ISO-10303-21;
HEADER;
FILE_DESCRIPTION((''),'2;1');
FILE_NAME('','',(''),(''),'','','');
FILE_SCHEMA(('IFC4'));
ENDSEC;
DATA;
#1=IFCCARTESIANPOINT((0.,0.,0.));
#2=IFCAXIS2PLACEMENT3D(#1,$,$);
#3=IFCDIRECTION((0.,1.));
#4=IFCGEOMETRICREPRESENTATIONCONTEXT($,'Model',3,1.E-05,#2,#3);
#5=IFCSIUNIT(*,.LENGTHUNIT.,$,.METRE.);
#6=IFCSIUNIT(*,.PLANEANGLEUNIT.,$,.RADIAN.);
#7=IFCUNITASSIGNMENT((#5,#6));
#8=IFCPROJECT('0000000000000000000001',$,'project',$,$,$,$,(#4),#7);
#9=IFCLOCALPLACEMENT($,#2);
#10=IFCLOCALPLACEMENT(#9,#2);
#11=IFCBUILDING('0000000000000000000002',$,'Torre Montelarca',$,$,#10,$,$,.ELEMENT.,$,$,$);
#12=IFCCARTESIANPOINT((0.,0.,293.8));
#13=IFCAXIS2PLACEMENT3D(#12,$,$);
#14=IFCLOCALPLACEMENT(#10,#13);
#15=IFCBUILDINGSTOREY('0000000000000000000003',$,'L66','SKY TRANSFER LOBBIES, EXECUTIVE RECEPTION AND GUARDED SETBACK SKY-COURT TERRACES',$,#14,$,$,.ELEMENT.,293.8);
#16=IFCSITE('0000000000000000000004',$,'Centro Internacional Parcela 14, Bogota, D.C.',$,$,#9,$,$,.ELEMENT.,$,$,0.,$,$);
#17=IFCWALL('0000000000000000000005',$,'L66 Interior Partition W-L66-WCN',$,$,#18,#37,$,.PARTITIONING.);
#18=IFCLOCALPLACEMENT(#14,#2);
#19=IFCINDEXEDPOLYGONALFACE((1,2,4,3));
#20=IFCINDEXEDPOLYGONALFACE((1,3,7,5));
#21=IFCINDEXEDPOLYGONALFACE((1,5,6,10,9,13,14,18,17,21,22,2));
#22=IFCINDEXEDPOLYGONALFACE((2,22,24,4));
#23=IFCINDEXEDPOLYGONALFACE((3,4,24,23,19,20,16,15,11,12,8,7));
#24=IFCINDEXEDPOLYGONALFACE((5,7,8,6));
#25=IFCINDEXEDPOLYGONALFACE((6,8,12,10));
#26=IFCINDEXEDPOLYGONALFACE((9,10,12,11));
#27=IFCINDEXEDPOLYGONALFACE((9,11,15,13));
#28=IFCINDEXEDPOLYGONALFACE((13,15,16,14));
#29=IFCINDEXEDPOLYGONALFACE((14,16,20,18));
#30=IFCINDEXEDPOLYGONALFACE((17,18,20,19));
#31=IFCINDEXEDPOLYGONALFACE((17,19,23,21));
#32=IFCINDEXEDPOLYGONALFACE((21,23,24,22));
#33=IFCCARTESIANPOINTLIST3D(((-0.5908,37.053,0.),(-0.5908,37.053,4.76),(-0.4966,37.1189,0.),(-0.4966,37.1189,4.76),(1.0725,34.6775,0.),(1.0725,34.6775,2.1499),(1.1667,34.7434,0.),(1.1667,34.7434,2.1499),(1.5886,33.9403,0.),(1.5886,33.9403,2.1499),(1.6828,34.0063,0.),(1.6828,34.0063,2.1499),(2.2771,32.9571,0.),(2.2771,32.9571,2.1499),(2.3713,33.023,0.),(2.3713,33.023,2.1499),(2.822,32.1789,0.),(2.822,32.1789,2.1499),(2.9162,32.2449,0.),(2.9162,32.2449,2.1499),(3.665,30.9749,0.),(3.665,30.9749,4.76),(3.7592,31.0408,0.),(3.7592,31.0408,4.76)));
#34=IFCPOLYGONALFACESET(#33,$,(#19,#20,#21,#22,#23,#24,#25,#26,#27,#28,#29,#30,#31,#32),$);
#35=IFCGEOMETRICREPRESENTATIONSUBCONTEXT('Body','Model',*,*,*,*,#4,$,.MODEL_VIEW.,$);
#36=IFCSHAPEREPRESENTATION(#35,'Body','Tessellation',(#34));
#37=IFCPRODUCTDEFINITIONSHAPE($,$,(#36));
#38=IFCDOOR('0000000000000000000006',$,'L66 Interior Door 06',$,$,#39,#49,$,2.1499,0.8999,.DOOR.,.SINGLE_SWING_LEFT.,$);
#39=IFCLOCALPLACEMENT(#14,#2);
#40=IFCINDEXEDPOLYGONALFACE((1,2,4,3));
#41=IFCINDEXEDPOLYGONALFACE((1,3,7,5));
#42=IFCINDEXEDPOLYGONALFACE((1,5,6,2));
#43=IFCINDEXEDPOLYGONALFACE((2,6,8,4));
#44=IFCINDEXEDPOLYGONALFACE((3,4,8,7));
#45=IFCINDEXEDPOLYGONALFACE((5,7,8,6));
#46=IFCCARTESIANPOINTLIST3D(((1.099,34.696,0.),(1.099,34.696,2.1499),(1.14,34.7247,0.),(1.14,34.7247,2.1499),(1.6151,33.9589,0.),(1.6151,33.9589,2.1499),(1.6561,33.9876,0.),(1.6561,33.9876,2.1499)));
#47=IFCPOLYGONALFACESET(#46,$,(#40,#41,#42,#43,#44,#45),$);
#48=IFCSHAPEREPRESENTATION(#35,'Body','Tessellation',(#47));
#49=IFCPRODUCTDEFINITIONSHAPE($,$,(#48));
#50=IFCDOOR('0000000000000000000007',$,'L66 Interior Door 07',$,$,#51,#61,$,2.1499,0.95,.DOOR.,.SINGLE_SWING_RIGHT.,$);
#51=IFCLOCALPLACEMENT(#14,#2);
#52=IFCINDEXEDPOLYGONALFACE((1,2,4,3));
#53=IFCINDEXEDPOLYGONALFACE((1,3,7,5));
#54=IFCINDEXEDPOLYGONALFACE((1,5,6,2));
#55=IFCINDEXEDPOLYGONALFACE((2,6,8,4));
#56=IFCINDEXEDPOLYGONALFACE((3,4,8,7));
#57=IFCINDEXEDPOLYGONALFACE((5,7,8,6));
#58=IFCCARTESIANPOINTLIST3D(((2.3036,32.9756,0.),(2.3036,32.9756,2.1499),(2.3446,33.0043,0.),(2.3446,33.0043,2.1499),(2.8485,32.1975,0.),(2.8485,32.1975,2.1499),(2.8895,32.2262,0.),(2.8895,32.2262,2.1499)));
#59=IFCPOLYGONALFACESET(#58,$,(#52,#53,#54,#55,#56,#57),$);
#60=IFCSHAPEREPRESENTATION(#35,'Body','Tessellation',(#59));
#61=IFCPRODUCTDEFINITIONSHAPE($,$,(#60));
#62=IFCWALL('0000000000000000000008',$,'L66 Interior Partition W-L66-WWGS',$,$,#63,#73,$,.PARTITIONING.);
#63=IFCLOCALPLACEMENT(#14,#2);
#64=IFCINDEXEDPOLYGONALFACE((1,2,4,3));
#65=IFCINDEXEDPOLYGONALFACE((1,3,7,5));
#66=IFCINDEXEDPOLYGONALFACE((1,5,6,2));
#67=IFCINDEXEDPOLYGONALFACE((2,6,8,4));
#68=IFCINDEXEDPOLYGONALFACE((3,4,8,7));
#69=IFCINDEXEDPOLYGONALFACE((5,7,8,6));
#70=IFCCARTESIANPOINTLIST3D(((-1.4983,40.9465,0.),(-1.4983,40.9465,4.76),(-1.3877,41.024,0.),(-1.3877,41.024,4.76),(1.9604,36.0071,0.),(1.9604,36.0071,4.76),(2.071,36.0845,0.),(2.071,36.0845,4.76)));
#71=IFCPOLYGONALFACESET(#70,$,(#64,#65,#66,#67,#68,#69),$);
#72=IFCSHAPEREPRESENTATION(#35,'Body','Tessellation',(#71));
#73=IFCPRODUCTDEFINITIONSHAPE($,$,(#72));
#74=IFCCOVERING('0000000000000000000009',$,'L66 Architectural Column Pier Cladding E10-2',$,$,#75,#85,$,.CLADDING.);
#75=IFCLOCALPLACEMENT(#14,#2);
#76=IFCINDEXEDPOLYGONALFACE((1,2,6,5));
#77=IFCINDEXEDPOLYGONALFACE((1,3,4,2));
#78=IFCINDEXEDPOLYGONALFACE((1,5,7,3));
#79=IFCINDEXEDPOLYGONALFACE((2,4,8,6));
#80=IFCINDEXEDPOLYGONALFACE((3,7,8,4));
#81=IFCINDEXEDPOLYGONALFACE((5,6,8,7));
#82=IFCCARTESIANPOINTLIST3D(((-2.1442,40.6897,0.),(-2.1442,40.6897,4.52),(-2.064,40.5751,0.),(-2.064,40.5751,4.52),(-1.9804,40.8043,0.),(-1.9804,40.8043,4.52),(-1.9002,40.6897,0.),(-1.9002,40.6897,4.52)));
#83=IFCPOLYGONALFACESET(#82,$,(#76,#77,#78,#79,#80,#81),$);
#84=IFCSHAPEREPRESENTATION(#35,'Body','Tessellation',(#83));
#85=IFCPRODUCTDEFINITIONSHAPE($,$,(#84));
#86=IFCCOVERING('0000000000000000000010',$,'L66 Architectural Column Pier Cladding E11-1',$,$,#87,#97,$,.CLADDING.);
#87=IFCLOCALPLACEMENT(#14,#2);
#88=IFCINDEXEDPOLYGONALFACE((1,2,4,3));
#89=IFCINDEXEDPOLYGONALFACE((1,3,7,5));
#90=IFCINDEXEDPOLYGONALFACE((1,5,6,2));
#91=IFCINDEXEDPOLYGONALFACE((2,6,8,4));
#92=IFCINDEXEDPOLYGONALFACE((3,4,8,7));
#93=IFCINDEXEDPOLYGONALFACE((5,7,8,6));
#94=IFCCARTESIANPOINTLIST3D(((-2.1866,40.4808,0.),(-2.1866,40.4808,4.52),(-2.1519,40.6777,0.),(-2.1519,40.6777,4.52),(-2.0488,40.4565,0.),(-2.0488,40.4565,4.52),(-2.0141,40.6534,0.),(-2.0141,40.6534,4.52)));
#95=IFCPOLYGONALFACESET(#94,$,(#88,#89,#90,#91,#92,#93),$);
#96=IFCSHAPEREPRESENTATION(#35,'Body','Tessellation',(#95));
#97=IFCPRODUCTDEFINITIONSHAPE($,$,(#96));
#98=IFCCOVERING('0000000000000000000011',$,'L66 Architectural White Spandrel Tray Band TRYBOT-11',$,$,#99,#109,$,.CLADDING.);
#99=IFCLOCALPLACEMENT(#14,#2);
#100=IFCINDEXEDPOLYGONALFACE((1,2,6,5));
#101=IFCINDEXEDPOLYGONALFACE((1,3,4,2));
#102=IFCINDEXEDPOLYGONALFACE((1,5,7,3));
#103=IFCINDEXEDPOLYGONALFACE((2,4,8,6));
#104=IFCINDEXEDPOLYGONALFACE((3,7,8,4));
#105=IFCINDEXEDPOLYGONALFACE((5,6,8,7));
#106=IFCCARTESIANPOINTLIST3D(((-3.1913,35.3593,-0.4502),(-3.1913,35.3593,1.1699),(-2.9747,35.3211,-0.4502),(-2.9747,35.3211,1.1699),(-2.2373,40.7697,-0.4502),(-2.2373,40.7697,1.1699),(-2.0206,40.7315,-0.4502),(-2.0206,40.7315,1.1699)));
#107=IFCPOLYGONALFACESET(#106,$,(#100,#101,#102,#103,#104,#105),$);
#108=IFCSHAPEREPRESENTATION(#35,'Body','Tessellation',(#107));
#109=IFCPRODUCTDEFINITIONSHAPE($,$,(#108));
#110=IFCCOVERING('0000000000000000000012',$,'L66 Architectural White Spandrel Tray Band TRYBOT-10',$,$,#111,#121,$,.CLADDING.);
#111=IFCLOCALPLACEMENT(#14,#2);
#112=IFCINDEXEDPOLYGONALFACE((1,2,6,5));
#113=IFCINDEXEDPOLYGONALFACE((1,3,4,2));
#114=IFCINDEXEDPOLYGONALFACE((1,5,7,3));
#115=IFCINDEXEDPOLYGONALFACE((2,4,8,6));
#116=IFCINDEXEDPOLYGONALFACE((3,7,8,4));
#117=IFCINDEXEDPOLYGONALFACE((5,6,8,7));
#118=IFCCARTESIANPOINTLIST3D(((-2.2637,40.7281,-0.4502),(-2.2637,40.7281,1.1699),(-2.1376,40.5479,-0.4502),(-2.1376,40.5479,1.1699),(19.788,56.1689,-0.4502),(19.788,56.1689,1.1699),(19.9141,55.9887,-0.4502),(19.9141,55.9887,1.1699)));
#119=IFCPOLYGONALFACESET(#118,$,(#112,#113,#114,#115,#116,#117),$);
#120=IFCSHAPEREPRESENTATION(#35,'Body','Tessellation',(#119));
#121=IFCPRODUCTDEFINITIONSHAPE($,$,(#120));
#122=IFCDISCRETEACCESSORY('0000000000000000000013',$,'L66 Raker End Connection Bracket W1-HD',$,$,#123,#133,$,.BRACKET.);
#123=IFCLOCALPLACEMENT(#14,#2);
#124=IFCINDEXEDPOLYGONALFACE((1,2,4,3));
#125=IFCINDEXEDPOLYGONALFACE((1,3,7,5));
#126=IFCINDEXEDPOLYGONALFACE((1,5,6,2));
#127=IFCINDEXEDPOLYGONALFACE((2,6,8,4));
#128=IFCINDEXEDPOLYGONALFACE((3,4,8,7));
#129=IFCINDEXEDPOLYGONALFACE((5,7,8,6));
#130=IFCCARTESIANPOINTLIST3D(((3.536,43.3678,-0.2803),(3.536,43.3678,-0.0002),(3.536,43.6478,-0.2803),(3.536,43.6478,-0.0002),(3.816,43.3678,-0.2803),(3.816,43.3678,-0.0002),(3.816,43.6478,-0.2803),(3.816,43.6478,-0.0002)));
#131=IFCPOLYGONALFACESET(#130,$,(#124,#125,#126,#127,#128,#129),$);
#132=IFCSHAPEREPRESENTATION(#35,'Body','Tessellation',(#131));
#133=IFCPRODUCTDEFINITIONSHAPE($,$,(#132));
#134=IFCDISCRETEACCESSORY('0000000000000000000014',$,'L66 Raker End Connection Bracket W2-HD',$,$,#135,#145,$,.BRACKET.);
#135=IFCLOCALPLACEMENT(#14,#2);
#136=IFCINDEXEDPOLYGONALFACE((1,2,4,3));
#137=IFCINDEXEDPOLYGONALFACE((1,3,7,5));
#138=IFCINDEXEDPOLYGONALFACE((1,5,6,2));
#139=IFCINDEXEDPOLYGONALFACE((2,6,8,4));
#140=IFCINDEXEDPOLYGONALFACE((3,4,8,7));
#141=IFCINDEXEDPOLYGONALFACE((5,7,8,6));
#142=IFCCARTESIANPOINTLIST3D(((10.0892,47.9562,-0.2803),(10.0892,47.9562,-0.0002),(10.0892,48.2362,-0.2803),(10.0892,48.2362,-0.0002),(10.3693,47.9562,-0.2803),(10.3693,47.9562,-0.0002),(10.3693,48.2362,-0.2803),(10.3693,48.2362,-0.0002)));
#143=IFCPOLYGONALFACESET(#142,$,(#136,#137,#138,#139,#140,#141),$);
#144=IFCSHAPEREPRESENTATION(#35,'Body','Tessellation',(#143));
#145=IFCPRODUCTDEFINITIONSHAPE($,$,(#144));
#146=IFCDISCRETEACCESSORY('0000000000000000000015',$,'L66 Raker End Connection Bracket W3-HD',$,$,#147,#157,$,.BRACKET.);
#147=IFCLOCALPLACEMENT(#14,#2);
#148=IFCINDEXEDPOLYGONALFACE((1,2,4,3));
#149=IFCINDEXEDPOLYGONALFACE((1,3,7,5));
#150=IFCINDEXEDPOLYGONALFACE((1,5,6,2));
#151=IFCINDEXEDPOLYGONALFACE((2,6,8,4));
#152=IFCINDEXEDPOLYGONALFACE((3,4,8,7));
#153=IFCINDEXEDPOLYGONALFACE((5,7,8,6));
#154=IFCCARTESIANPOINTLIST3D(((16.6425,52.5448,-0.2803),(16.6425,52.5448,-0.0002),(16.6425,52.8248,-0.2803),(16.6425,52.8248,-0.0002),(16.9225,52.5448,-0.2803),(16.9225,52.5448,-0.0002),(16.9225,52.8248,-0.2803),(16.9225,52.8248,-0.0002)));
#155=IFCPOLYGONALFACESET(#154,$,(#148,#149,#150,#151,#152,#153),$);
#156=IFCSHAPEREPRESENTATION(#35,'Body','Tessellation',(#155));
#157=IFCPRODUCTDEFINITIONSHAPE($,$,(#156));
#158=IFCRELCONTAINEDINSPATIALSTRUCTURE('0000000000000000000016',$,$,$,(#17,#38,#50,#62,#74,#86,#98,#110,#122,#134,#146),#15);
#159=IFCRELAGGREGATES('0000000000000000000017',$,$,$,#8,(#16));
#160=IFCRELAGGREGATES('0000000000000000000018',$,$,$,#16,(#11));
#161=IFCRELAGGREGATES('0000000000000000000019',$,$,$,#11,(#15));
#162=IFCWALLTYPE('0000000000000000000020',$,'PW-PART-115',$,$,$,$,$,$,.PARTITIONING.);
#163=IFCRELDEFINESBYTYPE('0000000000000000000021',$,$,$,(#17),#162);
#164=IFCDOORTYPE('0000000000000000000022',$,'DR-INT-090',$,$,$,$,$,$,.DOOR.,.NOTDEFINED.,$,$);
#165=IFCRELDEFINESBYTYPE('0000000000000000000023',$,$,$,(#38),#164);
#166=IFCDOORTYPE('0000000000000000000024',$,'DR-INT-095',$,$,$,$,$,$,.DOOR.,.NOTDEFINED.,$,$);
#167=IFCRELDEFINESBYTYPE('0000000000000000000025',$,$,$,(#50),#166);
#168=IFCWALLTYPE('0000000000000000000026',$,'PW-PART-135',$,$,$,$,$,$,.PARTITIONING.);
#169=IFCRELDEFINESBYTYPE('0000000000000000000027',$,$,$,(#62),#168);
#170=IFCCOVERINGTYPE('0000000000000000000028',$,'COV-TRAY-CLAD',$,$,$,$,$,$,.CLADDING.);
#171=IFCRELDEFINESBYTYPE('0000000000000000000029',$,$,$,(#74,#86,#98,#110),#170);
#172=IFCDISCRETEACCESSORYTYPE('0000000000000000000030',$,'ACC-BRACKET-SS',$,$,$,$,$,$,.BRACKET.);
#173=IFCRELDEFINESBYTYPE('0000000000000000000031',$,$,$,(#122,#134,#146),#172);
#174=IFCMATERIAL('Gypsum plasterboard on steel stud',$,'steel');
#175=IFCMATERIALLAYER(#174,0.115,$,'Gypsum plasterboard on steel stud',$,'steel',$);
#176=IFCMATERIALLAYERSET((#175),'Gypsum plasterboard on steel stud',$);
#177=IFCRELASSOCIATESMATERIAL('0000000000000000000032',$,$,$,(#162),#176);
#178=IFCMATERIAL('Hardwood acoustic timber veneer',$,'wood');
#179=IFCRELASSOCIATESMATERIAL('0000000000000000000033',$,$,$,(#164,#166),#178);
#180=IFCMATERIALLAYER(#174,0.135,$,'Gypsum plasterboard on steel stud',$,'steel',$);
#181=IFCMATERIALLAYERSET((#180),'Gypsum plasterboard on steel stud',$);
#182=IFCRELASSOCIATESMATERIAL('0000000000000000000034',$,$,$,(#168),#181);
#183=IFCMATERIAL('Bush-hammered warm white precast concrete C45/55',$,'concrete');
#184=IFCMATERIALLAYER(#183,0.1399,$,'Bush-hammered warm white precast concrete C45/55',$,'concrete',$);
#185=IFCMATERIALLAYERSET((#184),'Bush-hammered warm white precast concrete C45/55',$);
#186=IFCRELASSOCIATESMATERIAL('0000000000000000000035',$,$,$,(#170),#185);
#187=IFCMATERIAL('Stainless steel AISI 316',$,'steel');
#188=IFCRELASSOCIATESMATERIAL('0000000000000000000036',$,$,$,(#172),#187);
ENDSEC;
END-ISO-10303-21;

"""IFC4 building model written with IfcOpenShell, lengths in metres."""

from ifc_helpers import new_model, si_unit, direction, frame, frame_2d, origin, origin_2d, place, context, subcontext, project, spatial, rectangle, extrude, source, transform, mapped, material, layer, layer_set, type_object, element, fill, save


model = new_model("IFC4")

# Units and contexts
model_context = context("Model", 3, precision=1e-05, world=origin(), true_north=direction((0.0, 1.0)))
body_context = subcontext(model_context, "Body", "Model", "MODEL_VIEW")
ifc_project = project(units=[si_unit("LENGTHUNIT", "METRE"), si_unit("PLANEANGLEUNIT", "RADIAN")], contexts=[model_context])

# Site, building, storey
site_placement = place(None, origin())
site = spatial("IfcSite", under=ifc_project, at=site_placement, Name="Centro Internacional Parcela 14, Bogota, D.C.", CompositionType="ELEMENT", RefElevation=0.0)
building_placement = place(site_placement, origin())
building = spatial("IfcBuilding", under=site, at=building_placement, Name="Torre Montelarca", CompositionType="ELEMENT")
storey_placement = place(building_placement, frame((0.0, 0.0, 293.8)))
storey = spatial("IfcBuildingStorey", under=building, at=storey_placement, Name="L66", Description="SKY TRANSFER LOBBIES, EXECUTIVE RECEPTION AND GUARDED SETBACK SKY-COURT TERRACES", CompositionType="ELEMENT", Elevation=293.8)

# Shared definitions
ifc_material_1 = material(Name="Gypsum plasterboard on steel stud", Category="steel")

# Wall, openings, doors
ifc_layer_1 = layer(ifc_material_1, 0.115, Name="Gypsum plasterboard on steel stud", Category="steel")
ifc_layer_set_1 = layer_set([ifc_layer_1], Name="Gypsum plasterboard on steel stud")
wall_type_1 = type_object("IfcWallType", Name="PW-PART-115", PredefinedType="PARTITIONING", material=ifc_layer_set_1)
wall_1_placement = place(storey_placement, frame((-0.5437, 37.0859, 0.0), z_axis=(0.0, 0.0, 1.0), x_axis=(0.573568, -0.819158, 0.0)))
wall_1 = element("IfcWall", 1, at=wall_1_placement, inside=storey, type_object=wall_type_1, Name="L66 Interior Partition W-L66-WCN", PredefinedType="PARTITIONING", context=body_context, shape_type="SweptSolid", body=[
    extrude(rectangle(XDim=7.4199, YDim=0.115, at=frame_2d((3.71, 0.0))), origin(), (0.0, 0.0, 1.0), 4.76),
])
opening_1_placement = place(wall_1_placement, frame((2.8999, 0.0, 0.0)))
opening_1 = element("IfcOpeningElement", 2, at=opening_1_placement, cuts=wall_1, PredefinedType="OPENING", context=body_context, shape_type="SweptSolid", body=[
    extrude(rectangle(XDim=0.8999, YDim=2.1499, at=frame_2d((0.45, 1.075))), frame((0.0, 0.0674, 0.0), z_axis=(0.0, -1.0, 0.0), x_axis=(1.0, 0.0, 0.0)), (0.0, 0.0, 1.0), 0.135),
])
opening_2_placement = place(wall_1_placement, frame((5.0, 0.0, 0.0)))
opening_2 = element("IfcOpeningElement", 3, at=opening_2_placement, cuts=wall_1, PredefinedType="OPENING", context=body_context, shape_type="SweptSolid", body=[
    extrude(rectangle(XDim=0.95, YDim=2.1499, at=frame_2d((0.4751, 1.075))), frame((0.0, 0.0674, 0.0), z_axis=(0.0, -1.0, 0.0), x_axis=(1.0, 0.0, 0.0)), (0.0, 0.0, 1.0), 0.135),
])
ifc_material_2 = material(Name="Hardwood acoustic timber veneer", Category="wood")
door_type_1 = type_object("IfcDoorType", Name="DR-INT-090", OperationType="NOTDEFINED", PredefinedType="DOOR", material=ifc_material_2)
shared_shape_1 = source(origin(), body_context, "Body", "SweptSolid", [
    extrude(rectangle(XDim=0.8999, YDim=2.1499, at=frame_2d((0.45, 1.075))), frame((0.0, 0.0249, 0.0), z_axis=(0.0, -1.0, 0.0), x_axis=(1.0, 0.0, 0.0)), (0.0, 0.0, 1.0), 0.05),
])
door_1_placement = place(opening_1_placement, origin())
door_1 = element("IfcDoor", 4, at=door_1_placement, inside=storey, type_object=door_type_1, Name="L66 Interior Door 06", OperationType="SINGLE_SWING_LEFT", OverallHeight=2.1499, OverallWidth=0.8999, PredefinedType="DOOR", context=body_context, shape_type="MappedRepresentation", body=[
    mapped(shared_shape_1, transform((0.0, 0.0, 0.0), scale=1.0)),
])
fill(opening_1, door_1)
door_type_2 = type_object("IfcDoorType", Name="DR-INT-095", OperationType="NOTDEFINED", PredefinedType="DOOR", material=ifc_material_2)
shared_shape_2 = source(origin(), body_context, "Body", "SweptSolid", [
    extrude(rectangle(XDim=0.95, YDim=2.1499, at=frame_2d((0.4751, 1.075))), frame((0.0, 0.0249, 0.0), z_axis=(0.0, -1.0, 0.0), x_axis=(1.0, 0.0, 0.0)), (0.0, 0.0, 1.0), 0.05),
])
door_2_placement = place(opening_2_placement, origin())
door_2 = element("IfcDoor", 5, at=door_2_placement, inside=storey, type_object=door_type_2, Name="L66 Interior Door 07", OperationType="SINGLE_SWING_RIGHT", OverallHeight=2.1499, OverallWidth=0.95, PredefinedType="DOOR", context=body_context, shape_type="MappedRepresentation", body=[
    mapped(shared_shape_2, transform((0.0, 0.0, 0.0), scale=1.0)),
])
fill(opening_2, door_2)

# Wall
ifc_layer_2 = layer(ifc_material_1, 0.135, Name="Gypsum plasterboard on steel stud", Category="steel")
ifc_layer_set_2 = layer_set([ifc_layer_2], Name="Gypsum plasterboard on steel stud")
wall_type_2 = type_object("IfcWallType", Name="PW-PART-135", PredefinedType="PARTITIONING", material=ifc_layer_set_2)
wall_2_placement = place(storey_placement, frame((-1.4431, 40.9854, 0.0), z_axis=(0.0, 0.0, 1.0), x_axis=(0.573587, -0.819144, 0.0)))
element("IfcWall", 6, at=wall_2_placement, inside=storey, type_object=wall_type_2, Name="L66 Interior Partition W-L66-WWGS", PredefinedType="PARTITIONING", context=body_context, shape_type="SweptSolid", body=[
    extrude(rectangle(XDim=6.03, YDim=0.135, at=frame_2d((3.0151, 0.0))), origin(), (0.0, 0.0, 1.0), 4.76),
])

# Coverings
ifc_material_3 = material(Name="Bush-hammered warm white precast concrete C45/55", Category="concrete")
ifc_layer_3 = layer(ifc_material_3, 0.1399, Name="Bush-hammered warm white precast concrete C45/55", Category="concrete")
ifc_layer_set_3 = layer_set([ifc_layer_3], Name="Bush-hammered warm white precast concrete C45/55")
covering_type = type_object("IfcCoveringType", Name="COV-TRAY-CLAD", PredefinedType="CLADDING", material=ifc_layer_set_3)
shared_shape_3 = source(origin(), body_context, "Body", "SweptSolid", [
    extrude(rectangle(XDim=0.2, YDim=0.1399, at=origin_2d()), origin(), (0.0, 0.0, 1.0), 4.52),
])
for number, where, z_axis, x_axis, name in (
    (7, (-2.0222, 40.6897, 0.0), (0.0, 0.0, 1.0), (-0.819153, -0.573575, 0.0), "L66 Architectural Column Pier Cladding E10-2"),
    (8, (-2.1003, 40.5671, 0.0), (0.0, 0.0, 1.0), (-0.173646, -0.984808, 0.0), "L66 Architectural Column Pier Cladding E11-1"),
):
    element("IfcCovering", number, at=place(storey_placement, frame(where, z_axis=z_axis, x_axis=x_axis)), inside=storey, type_object=covering_type, Name=name, PredefinedType="CLADDING", context=body_context, shape_type="MappedRepresentation", body=[
        mapped(shared_shape_3, transform((0.0, 0.0, 0.0), scale=1.0)),
    ])
shared_shape_4 = source(origin(), body_context, "Body", "SweptSolid", [
    extrude(rectangle(XDim=5.4939, YDim=0.22, at=origin_2d()), origin(), (0.0, 0.0, 1.0), 1.6201),
])
covering_1_placement = place(storey_placement, frame((-2.606, 38.0454, -0.4502), z_axis=(0.0, 0.0, 1.0), x_axis=(-0.173653, -0.984807, 0.0)))
element("IfcCovering", 9, at=covering_1_placement, inside=storey, type_object=covering_type, Name="L66 Architectural White Spandrel Tray Band TRYBOT-11", PredefinedType="CLADDING", context=body_context, shape_type="MappedRepresentation", body=[
    mapped(shared_shape_4, transform((0.0, 0.0, 0.0), scale=1.0)),
])
shared_shape_5 = source(origin(), body_context, "Body", "SweptSolid", [
    extrude(rectangle(XDim=26.9202, YDim=0.22, at=origin_2d()), origin(), (0.0, 0.0, 1.0), 1.6201),
])
covering_2_placement = place(storey_placement, frame((8.8252, 48.3584, -0.4502), z_axis=(0.0, 0.0, 1.0), x_axis=(-0.819151, -0.573578, 0.0)))
element("IfcCovering", 10, at=covering_2_placement, inside=storey, type_object=covering_type, Name="L66 Architectural White Spandrel Tray Band TRYBOT-10", PredefinedType="CLADDING", context=body_context, shape_type="MappedRepresentation", body=[
    mapped(shared_shape_5, transform((0.0, 0.0, 0.0), scale=1.0)),
])

# Discrete accessories
ifc_material_4 = material(Name="Stainless steel AISI 316", Category="steel")
discrete_accessory_type = type_object("IfcDiscreteAccessoryType", Name="ACC-BRACKET-SS", PredefinedType="BRACKET", material=ifc_material_4)
shared_shape_6 = source(origin(), body_context, "Body", "SweptSolid", [
    extrude(rectangle(XDim=0.28, YDim=0.28, at=origin_2d()), origin(), (0.0, 0.0, 1.0), 0.28),
])
for number, where, z_axis, x_axis, name in (
    (11, (3.676, 43.5078, -0.2803), (0.0, 0.0, 1.0), (1.0, 0.0, 0.0), "L66 Raker End Connection Bracket W1-HD"),
    (12, (10.2292, 48.0962, -0.2803), (0.0, 0.0, 1.0), (1.0, 0.0, 0.0), "L66 Raker End Connection Bracket W2-HD"),
    (13, (16.7825, 52.6848, -0.2803), (0.0, 0.0, 1.0), (1.0, 0.0, 0.0), "L66 Raker End Connection Bracket W3-HD"),
):
    element("IfcDiscreteAccessory", number, at=place(storey_placement, frame(where, z_axis=z_axis, x_axis=x_axis)), inside=storey, type_object=discrete_accessory_type, Name=name, PredefinedType="BRACKET", context=body_context, shape_type="MappedRepresentation", body=[
        mapped(shared_shape_6, transform((0.0, 0.0, 0.0), scale=1.0)),
    ])

save(model, "model.ifc")
